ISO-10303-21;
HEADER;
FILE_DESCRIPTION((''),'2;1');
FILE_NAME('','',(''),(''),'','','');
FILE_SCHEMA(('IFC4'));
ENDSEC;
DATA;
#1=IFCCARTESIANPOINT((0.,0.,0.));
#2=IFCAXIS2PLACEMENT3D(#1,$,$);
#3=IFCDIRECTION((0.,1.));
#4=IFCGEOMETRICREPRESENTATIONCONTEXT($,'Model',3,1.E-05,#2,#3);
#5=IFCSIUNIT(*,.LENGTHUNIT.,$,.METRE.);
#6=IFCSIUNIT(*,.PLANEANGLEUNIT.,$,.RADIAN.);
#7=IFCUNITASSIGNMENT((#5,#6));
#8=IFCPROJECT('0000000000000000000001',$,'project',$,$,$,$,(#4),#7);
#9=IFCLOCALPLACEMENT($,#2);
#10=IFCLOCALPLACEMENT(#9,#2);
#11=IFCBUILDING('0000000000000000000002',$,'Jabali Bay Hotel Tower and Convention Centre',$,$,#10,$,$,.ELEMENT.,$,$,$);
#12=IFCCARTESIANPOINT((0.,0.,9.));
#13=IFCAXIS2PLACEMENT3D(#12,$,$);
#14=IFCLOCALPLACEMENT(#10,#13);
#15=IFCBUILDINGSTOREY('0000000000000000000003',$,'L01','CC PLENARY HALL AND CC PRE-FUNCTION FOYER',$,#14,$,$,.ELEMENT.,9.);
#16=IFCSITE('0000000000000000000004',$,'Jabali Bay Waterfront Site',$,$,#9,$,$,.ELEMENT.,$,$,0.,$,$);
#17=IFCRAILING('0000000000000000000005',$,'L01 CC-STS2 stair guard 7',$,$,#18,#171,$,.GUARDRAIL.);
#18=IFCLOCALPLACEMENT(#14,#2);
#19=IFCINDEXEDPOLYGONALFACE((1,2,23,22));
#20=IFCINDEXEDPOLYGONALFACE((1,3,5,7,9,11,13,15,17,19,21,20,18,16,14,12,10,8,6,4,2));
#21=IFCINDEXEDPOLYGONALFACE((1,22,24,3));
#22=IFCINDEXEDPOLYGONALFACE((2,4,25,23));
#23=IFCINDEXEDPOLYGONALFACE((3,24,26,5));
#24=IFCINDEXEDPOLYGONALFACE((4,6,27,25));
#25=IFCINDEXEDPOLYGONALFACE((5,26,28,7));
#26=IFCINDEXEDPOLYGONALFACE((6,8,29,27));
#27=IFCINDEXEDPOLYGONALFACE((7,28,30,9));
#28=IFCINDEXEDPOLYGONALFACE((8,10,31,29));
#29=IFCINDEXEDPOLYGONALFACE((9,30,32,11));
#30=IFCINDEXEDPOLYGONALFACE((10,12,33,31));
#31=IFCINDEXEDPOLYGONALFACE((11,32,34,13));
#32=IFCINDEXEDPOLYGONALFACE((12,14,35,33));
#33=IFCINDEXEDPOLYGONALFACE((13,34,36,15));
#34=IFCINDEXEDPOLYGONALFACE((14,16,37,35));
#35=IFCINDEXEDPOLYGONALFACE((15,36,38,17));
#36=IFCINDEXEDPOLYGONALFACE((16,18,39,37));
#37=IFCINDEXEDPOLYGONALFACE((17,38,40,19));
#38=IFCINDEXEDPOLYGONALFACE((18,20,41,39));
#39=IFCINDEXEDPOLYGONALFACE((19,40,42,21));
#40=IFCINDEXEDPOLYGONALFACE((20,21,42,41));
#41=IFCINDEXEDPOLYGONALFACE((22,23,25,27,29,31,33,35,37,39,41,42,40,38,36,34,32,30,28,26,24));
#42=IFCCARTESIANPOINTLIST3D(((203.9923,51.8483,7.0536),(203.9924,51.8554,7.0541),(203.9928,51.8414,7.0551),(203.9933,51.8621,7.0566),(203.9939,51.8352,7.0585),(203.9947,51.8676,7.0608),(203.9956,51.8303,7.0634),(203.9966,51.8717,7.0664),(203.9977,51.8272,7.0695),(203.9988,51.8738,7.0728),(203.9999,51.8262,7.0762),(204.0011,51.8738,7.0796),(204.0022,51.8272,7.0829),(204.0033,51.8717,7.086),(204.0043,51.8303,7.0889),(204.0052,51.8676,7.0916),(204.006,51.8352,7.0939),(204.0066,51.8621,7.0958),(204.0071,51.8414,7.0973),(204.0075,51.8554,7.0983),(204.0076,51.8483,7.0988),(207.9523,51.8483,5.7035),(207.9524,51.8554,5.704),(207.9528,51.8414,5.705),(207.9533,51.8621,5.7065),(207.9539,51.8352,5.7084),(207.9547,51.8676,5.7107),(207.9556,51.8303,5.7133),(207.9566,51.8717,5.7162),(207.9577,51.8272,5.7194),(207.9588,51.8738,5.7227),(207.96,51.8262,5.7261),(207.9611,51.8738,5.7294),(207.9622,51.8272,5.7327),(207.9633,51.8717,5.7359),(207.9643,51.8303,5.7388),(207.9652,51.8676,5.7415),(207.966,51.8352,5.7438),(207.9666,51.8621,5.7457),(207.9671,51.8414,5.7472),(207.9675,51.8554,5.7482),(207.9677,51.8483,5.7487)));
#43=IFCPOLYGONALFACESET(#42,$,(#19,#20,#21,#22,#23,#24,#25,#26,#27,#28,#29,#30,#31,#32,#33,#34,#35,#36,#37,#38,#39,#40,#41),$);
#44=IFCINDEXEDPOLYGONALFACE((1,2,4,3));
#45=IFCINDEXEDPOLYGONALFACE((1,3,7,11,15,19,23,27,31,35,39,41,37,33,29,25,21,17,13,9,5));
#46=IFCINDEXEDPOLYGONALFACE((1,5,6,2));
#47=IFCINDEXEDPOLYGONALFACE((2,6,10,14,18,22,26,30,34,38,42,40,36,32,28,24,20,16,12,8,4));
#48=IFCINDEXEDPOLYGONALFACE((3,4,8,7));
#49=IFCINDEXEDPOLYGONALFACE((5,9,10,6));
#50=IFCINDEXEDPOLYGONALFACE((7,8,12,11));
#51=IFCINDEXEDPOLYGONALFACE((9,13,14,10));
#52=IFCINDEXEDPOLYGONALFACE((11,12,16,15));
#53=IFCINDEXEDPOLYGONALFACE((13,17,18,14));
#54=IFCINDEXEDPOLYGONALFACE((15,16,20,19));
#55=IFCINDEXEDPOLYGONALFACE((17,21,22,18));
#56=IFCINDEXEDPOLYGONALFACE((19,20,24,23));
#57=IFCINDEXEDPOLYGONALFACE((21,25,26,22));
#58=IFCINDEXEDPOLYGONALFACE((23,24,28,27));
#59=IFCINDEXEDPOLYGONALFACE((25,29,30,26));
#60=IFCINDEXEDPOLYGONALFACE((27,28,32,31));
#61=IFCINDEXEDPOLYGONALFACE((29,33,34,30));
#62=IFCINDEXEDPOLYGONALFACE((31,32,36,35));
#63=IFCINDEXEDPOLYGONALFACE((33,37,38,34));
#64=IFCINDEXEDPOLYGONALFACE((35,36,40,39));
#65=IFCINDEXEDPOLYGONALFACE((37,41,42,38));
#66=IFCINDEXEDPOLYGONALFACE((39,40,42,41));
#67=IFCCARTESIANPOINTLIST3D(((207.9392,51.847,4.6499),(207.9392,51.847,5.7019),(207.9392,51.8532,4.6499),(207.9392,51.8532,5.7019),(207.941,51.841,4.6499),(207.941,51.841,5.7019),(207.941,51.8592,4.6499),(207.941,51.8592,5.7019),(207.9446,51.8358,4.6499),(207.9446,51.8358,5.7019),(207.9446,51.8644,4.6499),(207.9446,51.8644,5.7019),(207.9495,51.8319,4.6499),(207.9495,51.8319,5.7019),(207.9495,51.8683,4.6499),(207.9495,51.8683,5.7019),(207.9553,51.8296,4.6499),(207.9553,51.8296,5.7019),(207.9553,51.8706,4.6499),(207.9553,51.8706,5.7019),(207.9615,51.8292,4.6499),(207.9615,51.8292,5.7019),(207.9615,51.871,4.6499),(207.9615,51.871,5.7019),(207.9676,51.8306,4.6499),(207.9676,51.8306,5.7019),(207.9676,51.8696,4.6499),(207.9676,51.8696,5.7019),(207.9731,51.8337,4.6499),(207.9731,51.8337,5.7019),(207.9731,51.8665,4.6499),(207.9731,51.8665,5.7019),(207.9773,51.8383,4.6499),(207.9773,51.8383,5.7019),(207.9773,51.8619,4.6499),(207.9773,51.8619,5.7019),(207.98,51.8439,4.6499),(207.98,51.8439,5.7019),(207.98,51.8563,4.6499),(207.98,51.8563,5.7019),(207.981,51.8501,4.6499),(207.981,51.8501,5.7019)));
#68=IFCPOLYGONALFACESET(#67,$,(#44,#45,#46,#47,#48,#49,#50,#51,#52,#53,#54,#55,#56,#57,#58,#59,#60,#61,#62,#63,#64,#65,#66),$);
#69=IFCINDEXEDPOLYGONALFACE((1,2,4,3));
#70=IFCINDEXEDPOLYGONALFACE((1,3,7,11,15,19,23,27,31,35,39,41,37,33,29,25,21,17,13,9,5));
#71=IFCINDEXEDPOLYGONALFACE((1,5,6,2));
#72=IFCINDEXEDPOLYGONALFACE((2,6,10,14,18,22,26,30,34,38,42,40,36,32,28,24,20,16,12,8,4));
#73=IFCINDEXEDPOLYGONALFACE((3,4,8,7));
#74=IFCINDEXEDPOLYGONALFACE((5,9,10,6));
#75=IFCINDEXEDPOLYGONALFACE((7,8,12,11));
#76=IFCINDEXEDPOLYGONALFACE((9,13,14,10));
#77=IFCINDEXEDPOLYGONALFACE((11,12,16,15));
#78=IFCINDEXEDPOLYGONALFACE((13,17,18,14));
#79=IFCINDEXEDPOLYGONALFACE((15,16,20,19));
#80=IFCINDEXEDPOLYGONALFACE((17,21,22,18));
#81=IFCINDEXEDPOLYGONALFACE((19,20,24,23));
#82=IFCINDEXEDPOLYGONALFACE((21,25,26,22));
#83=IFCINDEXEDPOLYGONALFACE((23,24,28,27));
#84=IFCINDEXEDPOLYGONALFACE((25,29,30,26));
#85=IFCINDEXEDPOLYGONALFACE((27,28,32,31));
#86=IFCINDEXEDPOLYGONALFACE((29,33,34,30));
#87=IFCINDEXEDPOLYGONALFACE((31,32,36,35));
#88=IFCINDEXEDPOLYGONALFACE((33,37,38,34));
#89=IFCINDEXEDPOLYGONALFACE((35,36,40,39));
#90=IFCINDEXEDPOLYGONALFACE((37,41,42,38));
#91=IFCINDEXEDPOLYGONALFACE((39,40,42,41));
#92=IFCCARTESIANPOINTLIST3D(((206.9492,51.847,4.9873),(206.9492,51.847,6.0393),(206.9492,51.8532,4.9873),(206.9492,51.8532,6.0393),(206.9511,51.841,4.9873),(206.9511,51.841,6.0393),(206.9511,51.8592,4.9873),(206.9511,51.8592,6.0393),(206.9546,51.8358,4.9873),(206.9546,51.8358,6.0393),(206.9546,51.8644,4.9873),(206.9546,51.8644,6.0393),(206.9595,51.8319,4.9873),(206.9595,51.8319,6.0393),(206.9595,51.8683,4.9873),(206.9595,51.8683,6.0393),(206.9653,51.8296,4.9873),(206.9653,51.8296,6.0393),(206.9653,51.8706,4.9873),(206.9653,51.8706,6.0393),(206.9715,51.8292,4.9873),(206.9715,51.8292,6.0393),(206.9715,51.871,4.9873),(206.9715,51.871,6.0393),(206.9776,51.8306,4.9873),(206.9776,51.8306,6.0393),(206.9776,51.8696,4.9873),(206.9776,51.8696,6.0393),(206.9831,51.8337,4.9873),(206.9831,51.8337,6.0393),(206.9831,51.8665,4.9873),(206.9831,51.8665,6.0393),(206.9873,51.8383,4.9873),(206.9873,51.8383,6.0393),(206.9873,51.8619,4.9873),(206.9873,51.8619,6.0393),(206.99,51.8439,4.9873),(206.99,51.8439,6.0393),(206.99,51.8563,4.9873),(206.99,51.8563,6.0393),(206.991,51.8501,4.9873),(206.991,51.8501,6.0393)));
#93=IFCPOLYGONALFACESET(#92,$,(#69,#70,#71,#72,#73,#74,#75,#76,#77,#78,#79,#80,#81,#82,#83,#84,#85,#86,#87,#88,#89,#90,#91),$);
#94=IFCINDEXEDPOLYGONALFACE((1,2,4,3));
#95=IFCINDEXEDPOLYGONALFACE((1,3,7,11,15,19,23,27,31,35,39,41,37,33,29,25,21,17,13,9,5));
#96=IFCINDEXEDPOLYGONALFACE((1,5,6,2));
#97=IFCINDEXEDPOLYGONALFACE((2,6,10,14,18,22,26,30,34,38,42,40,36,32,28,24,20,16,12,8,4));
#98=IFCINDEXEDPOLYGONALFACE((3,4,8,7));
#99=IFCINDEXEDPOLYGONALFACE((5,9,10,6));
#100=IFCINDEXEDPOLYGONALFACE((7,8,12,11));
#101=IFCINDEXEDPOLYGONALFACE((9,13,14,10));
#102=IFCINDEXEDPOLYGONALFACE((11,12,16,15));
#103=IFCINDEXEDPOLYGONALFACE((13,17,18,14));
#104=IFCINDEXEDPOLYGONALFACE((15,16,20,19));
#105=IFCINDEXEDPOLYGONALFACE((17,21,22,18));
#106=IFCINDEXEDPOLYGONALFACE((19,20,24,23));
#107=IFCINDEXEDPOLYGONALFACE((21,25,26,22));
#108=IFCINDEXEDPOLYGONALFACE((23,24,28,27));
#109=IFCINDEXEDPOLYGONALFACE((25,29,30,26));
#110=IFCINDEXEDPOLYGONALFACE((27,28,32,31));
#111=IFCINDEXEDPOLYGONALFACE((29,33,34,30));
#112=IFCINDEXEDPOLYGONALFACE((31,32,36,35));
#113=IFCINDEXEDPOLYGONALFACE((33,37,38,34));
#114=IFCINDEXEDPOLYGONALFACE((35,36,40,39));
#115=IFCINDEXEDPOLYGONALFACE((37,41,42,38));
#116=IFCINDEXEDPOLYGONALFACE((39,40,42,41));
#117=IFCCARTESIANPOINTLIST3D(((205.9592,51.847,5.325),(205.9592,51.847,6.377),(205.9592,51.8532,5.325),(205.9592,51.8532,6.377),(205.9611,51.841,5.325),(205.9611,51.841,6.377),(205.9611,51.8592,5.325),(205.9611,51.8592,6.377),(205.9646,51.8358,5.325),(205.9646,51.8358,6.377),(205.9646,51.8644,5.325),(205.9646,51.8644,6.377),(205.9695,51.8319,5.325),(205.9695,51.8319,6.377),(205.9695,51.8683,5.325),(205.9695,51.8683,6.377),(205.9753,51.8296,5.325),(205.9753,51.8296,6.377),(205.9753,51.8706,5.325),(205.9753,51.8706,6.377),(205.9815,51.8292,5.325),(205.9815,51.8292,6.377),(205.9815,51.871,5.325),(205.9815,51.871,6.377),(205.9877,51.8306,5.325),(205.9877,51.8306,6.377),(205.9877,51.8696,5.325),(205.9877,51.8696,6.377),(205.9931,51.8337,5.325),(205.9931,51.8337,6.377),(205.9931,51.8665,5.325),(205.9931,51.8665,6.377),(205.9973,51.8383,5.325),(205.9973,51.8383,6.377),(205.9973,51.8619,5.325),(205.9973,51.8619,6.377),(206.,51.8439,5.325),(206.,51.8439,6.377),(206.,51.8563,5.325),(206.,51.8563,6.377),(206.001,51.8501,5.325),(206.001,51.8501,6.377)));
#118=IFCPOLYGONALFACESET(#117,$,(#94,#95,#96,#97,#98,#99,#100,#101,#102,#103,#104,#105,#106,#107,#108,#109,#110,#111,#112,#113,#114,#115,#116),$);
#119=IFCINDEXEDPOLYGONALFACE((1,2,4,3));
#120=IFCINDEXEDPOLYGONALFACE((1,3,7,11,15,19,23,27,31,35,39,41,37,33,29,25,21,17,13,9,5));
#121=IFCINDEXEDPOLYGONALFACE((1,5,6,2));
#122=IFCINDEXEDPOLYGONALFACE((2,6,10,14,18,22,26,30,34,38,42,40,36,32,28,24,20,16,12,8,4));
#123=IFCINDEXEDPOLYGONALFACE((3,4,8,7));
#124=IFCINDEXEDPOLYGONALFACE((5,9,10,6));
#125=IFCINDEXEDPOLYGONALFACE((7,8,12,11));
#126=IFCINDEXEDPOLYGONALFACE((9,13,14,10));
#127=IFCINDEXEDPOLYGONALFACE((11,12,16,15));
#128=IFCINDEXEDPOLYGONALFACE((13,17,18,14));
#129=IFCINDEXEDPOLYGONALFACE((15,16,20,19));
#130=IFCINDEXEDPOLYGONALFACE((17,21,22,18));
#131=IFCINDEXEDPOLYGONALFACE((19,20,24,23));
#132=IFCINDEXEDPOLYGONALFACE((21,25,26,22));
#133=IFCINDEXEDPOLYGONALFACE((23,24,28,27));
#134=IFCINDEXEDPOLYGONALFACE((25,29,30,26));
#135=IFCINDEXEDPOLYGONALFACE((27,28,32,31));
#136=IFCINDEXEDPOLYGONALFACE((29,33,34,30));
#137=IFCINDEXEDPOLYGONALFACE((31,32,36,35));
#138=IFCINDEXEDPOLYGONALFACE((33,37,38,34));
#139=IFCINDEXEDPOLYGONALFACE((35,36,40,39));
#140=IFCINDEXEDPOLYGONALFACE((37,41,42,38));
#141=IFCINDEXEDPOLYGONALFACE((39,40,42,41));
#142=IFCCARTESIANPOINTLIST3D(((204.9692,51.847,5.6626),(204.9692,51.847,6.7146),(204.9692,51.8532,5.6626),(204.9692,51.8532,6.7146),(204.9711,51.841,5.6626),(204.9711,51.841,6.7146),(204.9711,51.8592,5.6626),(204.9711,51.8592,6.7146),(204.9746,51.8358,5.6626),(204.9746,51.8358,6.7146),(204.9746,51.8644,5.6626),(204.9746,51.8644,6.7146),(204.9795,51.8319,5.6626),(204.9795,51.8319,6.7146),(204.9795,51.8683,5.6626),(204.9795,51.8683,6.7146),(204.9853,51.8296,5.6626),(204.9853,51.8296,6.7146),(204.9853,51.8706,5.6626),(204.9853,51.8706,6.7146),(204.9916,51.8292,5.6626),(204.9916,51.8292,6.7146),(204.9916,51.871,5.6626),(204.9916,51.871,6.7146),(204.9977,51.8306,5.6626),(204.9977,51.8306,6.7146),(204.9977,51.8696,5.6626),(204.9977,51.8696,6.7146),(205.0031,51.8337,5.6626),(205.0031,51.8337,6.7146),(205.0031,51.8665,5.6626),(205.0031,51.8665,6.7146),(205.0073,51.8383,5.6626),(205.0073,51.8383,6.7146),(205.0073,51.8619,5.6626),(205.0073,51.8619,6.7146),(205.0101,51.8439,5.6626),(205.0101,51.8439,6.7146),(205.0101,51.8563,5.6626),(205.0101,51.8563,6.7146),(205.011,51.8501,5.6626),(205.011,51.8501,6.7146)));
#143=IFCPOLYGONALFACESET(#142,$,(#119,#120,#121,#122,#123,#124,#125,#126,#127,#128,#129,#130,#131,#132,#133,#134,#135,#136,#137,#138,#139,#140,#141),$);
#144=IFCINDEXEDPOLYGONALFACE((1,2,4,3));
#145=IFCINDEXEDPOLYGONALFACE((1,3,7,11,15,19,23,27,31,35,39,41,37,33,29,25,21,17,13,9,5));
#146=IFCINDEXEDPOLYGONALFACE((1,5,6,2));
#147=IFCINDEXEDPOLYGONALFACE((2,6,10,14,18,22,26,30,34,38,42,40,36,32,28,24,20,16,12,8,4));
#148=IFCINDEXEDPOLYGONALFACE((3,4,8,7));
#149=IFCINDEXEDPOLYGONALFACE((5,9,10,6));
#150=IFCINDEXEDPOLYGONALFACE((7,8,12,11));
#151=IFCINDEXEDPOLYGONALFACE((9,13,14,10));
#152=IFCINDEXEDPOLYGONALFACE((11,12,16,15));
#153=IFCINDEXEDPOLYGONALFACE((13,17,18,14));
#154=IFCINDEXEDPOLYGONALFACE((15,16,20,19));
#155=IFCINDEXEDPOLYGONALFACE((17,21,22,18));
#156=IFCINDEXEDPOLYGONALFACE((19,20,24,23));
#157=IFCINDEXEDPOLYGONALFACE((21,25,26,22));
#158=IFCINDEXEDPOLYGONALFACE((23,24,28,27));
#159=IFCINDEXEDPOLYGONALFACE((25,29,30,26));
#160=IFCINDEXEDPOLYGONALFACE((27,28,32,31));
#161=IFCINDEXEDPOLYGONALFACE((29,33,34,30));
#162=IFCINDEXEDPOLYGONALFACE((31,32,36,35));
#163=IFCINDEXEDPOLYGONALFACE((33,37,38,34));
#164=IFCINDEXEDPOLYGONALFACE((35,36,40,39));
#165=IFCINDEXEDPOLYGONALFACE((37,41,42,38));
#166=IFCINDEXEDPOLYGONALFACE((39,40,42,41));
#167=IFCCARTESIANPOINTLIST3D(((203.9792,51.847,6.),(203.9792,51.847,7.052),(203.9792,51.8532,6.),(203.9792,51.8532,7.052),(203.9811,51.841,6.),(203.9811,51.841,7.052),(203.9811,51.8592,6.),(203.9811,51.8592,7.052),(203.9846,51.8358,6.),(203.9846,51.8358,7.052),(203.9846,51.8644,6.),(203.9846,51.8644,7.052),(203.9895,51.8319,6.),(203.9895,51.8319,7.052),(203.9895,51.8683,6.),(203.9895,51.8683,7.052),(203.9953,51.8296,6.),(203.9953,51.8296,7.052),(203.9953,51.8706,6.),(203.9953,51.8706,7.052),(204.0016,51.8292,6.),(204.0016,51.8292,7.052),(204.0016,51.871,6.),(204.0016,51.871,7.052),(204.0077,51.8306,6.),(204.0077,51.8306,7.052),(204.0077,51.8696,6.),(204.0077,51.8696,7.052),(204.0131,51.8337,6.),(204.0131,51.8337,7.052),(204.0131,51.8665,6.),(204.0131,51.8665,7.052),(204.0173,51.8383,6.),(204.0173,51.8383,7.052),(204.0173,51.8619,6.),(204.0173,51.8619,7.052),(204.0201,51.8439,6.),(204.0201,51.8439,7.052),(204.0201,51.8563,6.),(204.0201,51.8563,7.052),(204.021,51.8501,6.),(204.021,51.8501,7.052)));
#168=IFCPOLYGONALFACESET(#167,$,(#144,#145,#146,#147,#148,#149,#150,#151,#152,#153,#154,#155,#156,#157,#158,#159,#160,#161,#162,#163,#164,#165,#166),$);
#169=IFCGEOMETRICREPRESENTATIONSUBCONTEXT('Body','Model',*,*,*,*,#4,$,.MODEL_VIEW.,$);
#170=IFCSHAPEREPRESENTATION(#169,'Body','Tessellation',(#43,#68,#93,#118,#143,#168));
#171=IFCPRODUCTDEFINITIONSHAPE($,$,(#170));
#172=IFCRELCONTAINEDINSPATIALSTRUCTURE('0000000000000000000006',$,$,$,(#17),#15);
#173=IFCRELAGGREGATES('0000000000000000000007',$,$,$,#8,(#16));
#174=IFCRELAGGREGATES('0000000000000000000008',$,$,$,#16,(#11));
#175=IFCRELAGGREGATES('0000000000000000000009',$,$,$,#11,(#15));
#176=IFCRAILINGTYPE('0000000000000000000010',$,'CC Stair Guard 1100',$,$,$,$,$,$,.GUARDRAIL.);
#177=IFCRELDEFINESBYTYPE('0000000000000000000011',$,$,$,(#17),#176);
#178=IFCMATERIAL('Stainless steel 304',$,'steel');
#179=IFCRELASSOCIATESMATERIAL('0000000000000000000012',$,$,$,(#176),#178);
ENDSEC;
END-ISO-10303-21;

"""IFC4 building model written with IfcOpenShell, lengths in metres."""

from ifc_helpers import new_model, si_unit, direction, frame, origin, origin_2d, place, context, subcontext, project, spatial, circle, extrude, material, type_object, element, save


model = new_model("IFC4")

# Units and contexts
model_context = context("Model", 3, precision=1e-05, world=origin(), true_north=direction((0.0, 1.0)))
body_context = subcontext(model_context, "Body", "Model", "MODEL_VIEW")
ifc_project = project(units=[si_unit("LENGTHUNIT", "METRE"), si_unit("PLANEANGLEUNIT", "RADIAN")], contexts=[model_context])

# Site, building, storey
site_placement = place(None, origin())
site = spatial("IfcSite", under=ifc_project, at=site_placement, Name="Jabali Bay Waterfront Site", CompositionType="ELEMENT", RefElevation=0.0)
building_placement = place(site_placement, origin())
building = spatial("IfcBuilding", under=site, at=building_placement, Name="Jabali Bay Hotel Tower and Convention Centre", CompositionType="ELEMENT")
storey_placement = place(building_placement, frame((0.0, 0.0, 9.0)))
storey = spatial("IfcBuildingStorey", under=building, at=storey_placement, Name="L01", Description="CC PLENARY HALL AND CC PRE-FUNCTION FOYER", CompositionType="ELEMENT", Elevation=9.0)

# Railing
ifc_material_1 = material(Name="Stainless steel 304", Category="steel")
railing_type_1 = type_object("IfcRailingType", Name="CC Stair Guard 1100", PredefinedType="GUARDRAIL", material=ifc_material_1)
railing_1_placement = place(storey_placement, frame((207.96, 51.8501, 4.6499)))
element("IfcRailing", 1, at=railing_1_placement, inside=storey, type_object=railing_type_1, Name="L01 CC-STS2 stair guard 7", PredefinedType="GUARDRAIL", context=body_context, shape_type="SweptSolid", body=[
    extrude(circle(Radius=0.0239, at=origin_2d()), frame((0.0, 0.0, 1.0762), z_axis=(-0.946502, 0.0, 0.322698), x_axis=(0.0, -1.0, 0.0)), (0.0, 0.0, 1.0), 4.1838),
    extrude(circle(Radius=0.021, at=origin_2d()), origin(), (0.0, 0.0, 1.0), 1.052),
    extrude(circle(Radius=0.021, at=origin_2d()), frame((-0.99, 0.0, 0.3374)), (0.0, 0.0, 1.0), 1.052),
    extrude(circle(Radius=0.021, at=origin_2d()), frame((-1.98, 0.0, 0.675)), (0.0, 0.0, 1.0), 1.052),
    extrude(circle(Radius=0.021, at=origin_2d()), frame((-2.97, 0.0, 1.0127)), (0.0, 0.0, 1.0), 1.052),
    extrude(circle(Radius=0.021, at=origin_2d()), frame((-3.96, 0.0, 1.3501)), (0.0, 0.0, 1.0), 1.052),
])

save(model, "model.ifc")
